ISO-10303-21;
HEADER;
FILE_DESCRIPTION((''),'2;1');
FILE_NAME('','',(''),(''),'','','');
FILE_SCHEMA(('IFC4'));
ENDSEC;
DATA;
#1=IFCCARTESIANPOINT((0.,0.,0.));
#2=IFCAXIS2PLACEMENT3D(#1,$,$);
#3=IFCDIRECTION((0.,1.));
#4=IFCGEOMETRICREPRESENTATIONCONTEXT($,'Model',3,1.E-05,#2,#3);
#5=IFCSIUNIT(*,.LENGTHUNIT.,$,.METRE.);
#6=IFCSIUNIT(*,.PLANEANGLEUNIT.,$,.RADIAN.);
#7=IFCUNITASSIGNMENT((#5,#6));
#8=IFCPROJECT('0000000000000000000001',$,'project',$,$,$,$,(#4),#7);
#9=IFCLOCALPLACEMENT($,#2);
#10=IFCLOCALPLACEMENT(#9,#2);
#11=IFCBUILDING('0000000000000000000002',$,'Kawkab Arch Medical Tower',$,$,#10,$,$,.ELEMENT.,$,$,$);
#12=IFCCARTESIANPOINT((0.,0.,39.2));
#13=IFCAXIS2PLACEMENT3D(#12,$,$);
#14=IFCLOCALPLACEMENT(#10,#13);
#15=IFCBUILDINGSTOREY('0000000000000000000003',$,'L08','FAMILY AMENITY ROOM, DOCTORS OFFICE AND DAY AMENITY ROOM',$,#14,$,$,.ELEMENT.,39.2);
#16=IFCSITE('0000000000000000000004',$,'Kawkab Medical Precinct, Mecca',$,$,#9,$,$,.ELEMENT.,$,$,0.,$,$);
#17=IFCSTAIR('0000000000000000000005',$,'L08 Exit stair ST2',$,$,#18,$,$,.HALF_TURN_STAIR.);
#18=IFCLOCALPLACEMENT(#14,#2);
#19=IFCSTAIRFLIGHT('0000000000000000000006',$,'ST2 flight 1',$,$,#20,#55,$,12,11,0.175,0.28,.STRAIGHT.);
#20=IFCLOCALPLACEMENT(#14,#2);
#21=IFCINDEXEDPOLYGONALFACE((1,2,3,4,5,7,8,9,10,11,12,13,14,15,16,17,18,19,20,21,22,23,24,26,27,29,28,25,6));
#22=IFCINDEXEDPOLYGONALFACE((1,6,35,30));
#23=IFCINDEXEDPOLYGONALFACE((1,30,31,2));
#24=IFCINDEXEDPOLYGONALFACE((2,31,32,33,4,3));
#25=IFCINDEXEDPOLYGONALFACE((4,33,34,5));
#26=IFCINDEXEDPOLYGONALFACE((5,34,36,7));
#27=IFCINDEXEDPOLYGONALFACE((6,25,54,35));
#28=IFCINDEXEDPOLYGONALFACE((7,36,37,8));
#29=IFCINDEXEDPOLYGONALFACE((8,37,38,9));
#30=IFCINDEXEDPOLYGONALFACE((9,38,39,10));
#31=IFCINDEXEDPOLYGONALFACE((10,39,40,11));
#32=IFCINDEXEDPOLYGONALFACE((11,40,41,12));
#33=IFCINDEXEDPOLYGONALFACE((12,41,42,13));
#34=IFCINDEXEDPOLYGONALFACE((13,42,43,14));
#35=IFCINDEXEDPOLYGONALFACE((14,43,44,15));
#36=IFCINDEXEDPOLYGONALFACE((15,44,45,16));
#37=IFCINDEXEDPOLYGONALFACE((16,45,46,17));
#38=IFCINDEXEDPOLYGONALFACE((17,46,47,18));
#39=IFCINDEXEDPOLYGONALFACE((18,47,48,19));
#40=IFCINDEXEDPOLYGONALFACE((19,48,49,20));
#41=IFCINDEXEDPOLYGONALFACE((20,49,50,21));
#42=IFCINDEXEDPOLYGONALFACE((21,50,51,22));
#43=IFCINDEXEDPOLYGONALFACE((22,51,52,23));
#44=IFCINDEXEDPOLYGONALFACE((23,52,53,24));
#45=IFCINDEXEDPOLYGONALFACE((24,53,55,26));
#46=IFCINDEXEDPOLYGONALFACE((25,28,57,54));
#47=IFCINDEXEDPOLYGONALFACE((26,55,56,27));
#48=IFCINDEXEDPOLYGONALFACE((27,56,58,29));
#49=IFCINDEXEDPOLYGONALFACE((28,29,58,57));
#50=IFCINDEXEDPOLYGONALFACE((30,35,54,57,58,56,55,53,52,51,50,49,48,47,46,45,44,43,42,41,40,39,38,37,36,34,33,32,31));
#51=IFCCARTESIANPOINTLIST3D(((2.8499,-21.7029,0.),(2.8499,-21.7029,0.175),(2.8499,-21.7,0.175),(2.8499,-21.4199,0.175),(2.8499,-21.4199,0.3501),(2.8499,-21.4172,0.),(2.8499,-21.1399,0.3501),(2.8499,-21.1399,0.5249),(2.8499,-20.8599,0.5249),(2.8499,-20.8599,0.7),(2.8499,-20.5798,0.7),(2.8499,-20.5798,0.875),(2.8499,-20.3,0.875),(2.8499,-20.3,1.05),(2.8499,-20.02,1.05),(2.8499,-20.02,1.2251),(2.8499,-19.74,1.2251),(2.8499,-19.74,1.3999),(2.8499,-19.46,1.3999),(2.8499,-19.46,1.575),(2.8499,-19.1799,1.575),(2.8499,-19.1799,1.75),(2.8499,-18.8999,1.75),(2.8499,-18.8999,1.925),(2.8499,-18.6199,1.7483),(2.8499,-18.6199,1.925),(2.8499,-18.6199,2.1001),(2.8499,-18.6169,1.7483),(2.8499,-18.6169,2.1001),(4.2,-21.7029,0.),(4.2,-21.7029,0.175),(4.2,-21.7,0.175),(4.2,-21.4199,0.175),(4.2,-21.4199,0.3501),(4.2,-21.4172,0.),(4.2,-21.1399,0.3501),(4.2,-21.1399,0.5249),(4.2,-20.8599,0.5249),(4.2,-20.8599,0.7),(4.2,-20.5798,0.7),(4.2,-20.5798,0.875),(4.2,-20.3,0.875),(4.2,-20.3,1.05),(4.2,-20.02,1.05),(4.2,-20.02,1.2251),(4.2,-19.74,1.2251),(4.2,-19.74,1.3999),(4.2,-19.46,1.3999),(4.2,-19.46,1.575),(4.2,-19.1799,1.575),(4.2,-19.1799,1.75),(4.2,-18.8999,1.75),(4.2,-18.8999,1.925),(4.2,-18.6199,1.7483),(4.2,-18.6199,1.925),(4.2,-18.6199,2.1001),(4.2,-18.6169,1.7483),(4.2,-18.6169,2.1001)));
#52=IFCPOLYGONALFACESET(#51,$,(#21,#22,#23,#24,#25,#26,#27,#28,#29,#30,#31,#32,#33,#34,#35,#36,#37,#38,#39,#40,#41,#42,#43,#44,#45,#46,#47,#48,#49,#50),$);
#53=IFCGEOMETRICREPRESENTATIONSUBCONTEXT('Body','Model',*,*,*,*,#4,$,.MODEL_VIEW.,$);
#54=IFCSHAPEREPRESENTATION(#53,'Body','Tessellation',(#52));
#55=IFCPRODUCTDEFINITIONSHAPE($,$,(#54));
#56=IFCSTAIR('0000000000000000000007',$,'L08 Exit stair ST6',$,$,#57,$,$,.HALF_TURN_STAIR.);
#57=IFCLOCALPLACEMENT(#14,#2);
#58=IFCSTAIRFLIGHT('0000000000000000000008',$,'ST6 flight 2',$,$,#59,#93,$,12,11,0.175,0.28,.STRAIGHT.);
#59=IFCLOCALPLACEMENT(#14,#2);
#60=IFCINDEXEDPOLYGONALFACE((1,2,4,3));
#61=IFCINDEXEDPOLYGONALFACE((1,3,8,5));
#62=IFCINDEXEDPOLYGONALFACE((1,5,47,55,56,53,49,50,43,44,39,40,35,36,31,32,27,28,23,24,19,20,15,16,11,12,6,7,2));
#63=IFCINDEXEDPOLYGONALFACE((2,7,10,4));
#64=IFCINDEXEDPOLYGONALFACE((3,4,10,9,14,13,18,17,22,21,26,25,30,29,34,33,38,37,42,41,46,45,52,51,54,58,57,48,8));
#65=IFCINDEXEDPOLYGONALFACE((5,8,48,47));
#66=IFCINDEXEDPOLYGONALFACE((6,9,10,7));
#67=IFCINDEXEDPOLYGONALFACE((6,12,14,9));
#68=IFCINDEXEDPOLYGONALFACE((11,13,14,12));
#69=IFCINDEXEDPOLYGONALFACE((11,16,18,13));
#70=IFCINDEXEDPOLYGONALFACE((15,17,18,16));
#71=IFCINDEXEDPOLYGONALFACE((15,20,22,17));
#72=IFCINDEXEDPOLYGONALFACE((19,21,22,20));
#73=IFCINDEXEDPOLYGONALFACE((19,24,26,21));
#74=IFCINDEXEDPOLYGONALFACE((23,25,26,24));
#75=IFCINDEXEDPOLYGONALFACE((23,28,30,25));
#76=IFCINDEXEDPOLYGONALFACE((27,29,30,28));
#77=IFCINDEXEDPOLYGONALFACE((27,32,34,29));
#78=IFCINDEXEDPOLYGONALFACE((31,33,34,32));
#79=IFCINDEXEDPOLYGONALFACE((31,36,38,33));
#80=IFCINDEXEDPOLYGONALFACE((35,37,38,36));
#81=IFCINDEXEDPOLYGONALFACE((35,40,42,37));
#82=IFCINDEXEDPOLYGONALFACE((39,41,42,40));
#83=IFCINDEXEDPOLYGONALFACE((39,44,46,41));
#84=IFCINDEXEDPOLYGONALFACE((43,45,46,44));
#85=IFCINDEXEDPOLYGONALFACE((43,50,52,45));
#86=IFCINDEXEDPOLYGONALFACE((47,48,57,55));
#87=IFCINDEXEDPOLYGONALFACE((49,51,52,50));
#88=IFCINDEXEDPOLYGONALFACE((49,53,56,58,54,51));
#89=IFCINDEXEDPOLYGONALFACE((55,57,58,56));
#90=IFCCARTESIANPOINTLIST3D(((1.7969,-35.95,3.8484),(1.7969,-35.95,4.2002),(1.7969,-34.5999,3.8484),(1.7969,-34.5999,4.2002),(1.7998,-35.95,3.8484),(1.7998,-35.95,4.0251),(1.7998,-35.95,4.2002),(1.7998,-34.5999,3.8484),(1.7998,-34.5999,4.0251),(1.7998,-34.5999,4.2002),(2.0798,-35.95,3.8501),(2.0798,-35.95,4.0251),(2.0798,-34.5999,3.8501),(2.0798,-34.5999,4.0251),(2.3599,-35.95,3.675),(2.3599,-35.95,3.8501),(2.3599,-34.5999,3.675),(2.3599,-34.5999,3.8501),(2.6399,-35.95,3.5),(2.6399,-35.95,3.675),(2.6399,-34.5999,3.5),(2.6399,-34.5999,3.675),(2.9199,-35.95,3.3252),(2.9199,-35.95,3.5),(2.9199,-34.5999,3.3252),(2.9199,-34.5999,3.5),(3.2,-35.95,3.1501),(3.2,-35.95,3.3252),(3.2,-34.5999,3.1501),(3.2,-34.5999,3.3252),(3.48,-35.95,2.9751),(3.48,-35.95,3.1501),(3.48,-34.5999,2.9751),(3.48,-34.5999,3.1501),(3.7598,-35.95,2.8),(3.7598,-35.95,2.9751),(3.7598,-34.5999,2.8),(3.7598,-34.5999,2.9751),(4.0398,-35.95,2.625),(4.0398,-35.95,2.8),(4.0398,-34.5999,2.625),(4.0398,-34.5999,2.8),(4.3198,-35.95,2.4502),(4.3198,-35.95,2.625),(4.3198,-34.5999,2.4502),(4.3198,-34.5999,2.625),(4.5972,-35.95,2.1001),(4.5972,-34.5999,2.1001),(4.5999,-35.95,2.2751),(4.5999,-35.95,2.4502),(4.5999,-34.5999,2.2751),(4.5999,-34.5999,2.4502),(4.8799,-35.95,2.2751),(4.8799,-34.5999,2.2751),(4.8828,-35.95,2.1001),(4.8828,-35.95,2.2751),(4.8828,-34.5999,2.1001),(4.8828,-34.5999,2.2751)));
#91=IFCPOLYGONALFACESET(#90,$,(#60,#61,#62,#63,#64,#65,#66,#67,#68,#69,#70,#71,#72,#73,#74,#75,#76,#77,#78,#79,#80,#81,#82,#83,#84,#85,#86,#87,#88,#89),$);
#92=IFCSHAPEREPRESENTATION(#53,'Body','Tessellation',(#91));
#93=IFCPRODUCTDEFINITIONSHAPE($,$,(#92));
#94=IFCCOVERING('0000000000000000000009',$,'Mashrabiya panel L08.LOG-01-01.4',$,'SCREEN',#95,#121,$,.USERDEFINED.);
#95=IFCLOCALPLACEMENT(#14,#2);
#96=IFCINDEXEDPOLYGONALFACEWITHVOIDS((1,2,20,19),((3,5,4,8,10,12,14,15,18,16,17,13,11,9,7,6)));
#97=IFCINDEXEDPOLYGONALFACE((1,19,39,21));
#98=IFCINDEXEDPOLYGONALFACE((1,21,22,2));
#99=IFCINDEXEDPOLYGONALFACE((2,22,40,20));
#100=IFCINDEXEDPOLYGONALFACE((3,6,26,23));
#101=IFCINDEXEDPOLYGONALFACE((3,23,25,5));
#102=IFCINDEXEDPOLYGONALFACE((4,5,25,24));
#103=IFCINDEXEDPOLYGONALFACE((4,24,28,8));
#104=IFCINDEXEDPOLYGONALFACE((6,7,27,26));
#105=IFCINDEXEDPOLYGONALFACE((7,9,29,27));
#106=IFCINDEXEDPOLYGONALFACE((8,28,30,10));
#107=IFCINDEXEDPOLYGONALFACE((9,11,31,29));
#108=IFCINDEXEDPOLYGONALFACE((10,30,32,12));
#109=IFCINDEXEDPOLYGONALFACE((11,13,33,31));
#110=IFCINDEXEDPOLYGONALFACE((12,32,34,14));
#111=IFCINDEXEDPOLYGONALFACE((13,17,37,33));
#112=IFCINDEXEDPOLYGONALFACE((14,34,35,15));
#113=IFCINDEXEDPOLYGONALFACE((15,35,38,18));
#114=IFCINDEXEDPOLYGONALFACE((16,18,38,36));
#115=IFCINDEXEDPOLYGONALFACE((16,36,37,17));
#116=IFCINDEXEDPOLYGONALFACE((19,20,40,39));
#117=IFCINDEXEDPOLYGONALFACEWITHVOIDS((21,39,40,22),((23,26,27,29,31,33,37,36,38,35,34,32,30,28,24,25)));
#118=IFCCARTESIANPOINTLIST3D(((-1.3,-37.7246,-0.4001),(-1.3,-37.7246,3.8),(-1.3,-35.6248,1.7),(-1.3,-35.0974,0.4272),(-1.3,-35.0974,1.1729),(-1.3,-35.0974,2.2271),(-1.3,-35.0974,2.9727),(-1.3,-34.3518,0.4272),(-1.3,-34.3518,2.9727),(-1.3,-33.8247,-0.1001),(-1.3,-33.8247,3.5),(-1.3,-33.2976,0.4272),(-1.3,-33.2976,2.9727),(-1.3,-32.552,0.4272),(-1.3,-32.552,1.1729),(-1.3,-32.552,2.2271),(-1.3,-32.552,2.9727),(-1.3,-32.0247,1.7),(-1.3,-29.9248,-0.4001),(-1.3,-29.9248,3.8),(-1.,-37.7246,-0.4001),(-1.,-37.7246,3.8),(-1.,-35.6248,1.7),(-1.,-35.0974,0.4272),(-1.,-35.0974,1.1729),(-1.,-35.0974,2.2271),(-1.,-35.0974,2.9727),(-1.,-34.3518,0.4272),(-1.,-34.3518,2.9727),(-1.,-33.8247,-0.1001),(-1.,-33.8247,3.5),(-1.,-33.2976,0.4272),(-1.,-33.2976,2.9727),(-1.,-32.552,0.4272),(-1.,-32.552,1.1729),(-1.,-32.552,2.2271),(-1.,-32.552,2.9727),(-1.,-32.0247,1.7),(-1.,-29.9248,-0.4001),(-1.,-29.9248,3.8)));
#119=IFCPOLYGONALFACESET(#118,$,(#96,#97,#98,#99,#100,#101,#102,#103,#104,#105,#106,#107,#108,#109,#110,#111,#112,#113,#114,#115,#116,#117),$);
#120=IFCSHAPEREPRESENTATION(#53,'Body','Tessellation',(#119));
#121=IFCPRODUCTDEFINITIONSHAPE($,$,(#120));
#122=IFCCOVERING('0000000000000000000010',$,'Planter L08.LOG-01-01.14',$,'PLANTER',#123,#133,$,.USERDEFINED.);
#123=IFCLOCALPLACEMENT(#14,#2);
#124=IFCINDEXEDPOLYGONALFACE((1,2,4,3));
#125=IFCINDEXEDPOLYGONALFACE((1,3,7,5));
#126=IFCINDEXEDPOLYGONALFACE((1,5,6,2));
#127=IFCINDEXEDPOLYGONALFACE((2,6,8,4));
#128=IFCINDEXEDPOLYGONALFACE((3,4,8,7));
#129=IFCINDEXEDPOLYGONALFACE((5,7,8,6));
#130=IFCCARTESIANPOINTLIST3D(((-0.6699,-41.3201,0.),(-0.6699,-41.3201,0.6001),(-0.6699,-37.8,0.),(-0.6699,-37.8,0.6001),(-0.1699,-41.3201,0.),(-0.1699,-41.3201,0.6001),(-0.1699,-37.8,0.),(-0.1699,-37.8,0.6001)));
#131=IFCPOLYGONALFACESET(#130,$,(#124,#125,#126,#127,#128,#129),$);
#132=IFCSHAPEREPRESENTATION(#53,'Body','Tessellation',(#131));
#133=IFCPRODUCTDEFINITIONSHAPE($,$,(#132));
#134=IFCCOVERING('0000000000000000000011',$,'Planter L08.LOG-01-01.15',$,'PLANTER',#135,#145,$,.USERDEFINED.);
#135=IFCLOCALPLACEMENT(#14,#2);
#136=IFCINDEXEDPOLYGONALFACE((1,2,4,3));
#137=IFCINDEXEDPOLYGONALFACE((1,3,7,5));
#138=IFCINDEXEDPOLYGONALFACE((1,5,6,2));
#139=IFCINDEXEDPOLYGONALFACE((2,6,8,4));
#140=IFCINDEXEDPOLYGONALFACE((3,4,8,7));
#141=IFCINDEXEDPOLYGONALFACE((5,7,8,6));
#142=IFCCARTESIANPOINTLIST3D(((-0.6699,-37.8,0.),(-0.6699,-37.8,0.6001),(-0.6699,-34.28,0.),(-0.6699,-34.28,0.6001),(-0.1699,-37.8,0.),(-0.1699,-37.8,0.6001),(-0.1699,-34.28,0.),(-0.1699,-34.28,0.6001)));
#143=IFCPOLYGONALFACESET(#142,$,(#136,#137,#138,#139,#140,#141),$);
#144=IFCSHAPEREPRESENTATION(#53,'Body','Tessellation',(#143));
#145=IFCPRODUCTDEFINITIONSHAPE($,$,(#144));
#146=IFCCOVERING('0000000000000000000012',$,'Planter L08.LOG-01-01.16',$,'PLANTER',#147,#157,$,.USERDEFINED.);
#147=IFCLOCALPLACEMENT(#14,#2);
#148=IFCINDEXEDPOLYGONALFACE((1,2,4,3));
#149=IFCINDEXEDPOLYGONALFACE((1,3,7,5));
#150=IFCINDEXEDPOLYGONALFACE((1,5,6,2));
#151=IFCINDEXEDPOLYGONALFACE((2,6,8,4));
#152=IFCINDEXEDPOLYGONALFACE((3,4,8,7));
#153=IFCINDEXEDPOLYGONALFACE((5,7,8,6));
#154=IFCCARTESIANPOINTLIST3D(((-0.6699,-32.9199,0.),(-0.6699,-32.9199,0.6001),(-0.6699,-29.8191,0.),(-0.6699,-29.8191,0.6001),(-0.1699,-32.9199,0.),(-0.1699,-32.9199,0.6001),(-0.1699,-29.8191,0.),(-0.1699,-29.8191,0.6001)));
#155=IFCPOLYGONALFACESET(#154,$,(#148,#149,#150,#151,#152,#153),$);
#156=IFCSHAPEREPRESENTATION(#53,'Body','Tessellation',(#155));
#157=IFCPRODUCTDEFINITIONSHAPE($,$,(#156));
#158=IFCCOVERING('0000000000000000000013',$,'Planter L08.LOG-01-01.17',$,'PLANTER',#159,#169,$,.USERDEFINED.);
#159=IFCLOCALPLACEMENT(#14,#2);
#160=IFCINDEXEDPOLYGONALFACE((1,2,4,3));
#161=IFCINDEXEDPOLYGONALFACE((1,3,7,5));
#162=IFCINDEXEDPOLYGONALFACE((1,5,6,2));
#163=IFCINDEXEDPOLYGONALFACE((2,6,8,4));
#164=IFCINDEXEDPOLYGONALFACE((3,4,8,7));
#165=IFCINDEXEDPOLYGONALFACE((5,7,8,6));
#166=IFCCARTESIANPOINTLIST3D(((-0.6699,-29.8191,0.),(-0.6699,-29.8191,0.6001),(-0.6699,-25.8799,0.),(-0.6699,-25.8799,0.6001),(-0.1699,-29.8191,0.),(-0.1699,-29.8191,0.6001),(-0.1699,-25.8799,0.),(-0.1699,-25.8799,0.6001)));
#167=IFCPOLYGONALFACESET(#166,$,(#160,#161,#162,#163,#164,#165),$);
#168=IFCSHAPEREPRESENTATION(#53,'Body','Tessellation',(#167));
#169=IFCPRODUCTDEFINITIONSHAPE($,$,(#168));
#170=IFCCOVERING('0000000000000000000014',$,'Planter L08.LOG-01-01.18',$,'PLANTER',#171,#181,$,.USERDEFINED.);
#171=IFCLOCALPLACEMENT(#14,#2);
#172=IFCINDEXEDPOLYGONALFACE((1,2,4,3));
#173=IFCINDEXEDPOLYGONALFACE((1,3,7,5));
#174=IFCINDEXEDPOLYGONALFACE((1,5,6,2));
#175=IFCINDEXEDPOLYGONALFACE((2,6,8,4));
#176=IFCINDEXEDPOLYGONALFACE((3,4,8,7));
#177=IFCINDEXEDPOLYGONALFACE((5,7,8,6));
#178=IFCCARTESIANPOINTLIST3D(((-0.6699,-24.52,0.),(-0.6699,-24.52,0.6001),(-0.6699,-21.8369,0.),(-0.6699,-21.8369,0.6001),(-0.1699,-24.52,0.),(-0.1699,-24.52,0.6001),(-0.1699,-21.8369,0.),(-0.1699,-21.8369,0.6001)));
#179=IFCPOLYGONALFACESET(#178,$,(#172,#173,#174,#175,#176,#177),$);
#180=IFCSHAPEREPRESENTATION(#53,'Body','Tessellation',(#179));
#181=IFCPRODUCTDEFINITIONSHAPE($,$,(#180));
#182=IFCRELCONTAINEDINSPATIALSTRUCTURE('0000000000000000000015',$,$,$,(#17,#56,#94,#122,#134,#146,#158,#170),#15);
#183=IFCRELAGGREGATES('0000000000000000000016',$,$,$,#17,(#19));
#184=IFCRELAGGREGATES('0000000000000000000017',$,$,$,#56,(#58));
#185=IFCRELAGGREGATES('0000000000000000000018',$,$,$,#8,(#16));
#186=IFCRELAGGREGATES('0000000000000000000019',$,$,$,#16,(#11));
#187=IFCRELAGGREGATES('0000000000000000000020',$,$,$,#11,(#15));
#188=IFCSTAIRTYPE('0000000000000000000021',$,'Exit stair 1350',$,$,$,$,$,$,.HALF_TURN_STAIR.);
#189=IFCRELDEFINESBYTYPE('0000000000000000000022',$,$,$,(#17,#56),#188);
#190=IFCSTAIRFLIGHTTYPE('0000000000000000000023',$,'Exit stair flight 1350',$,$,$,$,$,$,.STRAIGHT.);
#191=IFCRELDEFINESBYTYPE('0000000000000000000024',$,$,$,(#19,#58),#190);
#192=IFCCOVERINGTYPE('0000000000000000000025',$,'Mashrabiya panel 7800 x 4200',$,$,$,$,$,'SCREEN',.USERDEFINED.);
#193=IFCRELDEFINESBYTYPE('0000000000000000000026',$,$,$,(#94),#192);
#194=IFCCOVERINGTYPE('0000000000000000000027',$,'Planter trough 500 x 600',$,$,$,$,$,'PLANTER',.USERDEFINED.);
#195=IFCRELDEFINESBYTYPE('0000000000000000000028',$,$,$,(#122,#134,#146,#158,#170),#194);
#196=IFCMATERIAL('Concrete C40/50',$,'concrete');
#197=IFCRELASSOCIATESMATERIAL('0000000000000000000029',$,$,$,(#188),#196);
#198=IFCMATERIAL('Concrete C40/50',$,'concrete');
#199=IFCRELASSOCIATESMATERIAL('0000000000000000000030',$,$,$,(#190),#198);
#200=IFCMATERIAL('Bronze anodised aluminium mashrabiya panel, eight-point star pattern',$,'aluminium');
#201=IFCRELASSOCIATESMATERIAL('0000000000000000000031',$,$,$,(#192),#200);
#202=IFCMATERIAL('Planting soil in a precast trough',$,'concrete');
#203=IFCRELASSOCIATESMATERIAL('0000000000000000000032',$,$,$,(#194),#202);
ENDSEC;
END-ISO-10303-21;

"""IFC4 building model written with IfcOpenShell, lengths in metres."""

from ifc_helpers import new_model, si_unit, direction, frame, origin, origin_2d, place, context, subcontext, project, spatial, polyline, rectangle, outline, extrude, material, material_profile, profile_set, type_object, element, aggregate, save


model = new_model("IFC4")

# Units and contexts
model_context = context("Model", 3, precision=1e-05, world=origin(), true_north=direction((0.0, 1.0)))
body_context = subcontext(model_context, "Body", "Model", "MODEL_VIEW")
ifc_project = project(units=[si_unit("LENGTHUNIT", "METRE"), si_unit("PLANEANGLEUNIT", "RADIAN")], contexts=[model_context])

# Site, building, storey
site_placement = place(None, origin())
site = spatial("IfcSite", under=ifc_project, at=site_placement, Name="Kawkab Medical Precinct, Mecca", CompositionType="ELEMENT", RefElevation=0.0)
building_placement = place(site_placement, origin())
building = spatial("IfcBuilding", under=site, at=building_placement, Name="Kawkab Arch Medical Tower", CompositionType="ELEMENT")
storey_placement = place(building_placement, frame((0.0, 0.0, 39.2)))
storey = spatial("IfcBuildingStorey", under=building, at=storey_placement, Name="L08", Description="FAMILY AMENITY ROOM, DOCTORS OFFICE AND DAY AMENITY ROOM", CompositionType="ELEMENT", Elevation=39.2)

# Shared definitions
placement = place(storey_placement, origin())

# Stairs, stair flights
ifc_material_1 = material(Name="Concrete C40/50", Category="concrete")
stair_type = type_object("IfcStairType", Name="Exit stair 1350", PredefinedType="HALF_TURN_STAIR", material=ifc_material_1)
stair_1 = element("IfcStair", 1, at=placement, inside=storey, type_object=stair_type, Name="L08 Exit stair ST2", PredefinedType="HALF_TURN_STAIR")
ifc_material_2 = material(Name="Concrete C40/50", Category="concrete")
stair_flight_type = type_object("IfcStairFlightType", Name="Exit stair flight 1350", PredefinedType="STRAIGHT", material=ifc_material_2)
stair_flight_1_placement = place(storey_placement, frame((3.5249, -21.7, 0.0), z_axis=(0.0, 0.0, 1.0), x_axis=(0.0, 1.0, 0.0)))
stair_flight_1 = element("IfcStairFlight", 2, at=stair_flight_1_placement, type_object=stair_flight_type, Name="ST2 flight 1", NumberOfRisers=12, NumberOfTreads=11, PredefinedType="STRAIGHT", RiserHeight=0.175, TreadLength=0.28, context=body_context, shape_type="SweptSolid", body=[
    extrude(outline(polyline([(-0.0029, 0.0), (-0.0029, 0.175), (0.0, 0.175), (0.28, 0.175), (0.28, 0.3501), (0.5601, 0.3501), (0.5601, 0.5249), (0.8401, 0.5249), (0.8401, 0.7), (1.1201, 0.7), (1.1201, 0.875), (1.3999, 0.875), (1.3999, 1.05), (1.6799, 1.05), (1.6799, 1.2251), (1.96, 1.2251), (1.96, 1.3999), (2.24, 1.3999), (2.24, 1.575), (2.52, 1.575), (2.52, 1.75), (2.8, 1.75), (2.8, 1.925), (3.0801, 1.925), (3.0801, 2.1001), (3.083, 2.1001), (3.083, 1.7483), (3.0801, 1.7483), (0.2827, 0.0), (-0.0029, 0.0)])), frame((0.0, 0.675, 0.0), z_axis=(0.0, -1.0, 0.0), x_axis=(1.0, 0.0, 0.0)), (0.0, 0.0, 1.0), 1.3501),
])
aggregate(stair_1, [stair_flight_1])
stair_2 = element("IfcStair", 3, at=placement, inside=storey, type_object=stair_type, Name="L08 Exit stair ST6", PredefinedType="HALF_TURN_STAIR")
stair_flight_2_placement = place(storey_placement, frame((4.8799, -35.2749, 2.1001), z_axis=(0.0, 0.0, 1.0), x_axis=(-1.0, 0.0, 0.0)))
stair_flight_2 = element("IfcStairFlight", 4, at=stair_flight_2_placement, type_object=stair_flight_type, Name="ST6 flight 2", NumberOfRisers=12, NumberOfTreads=11, PredefinedType="STRAIGHT", RiserHeight=0.175, TreadLength=0.28, context=body_context, shape_type="SweptSolid", body=[
    extrude(outline(polyline([(-0.0029, 0.0), (-0.0029, 0.175), (0.0, 0.175), (0.28, 0.175), (0.28, 0.3501), (0.5601, 0.3501), (0.5601, 0.5249), (0.8401, 0.5249), (0.8401, 0.7), (1.1201, 0.7), (1.1201, 0.875), (1.3999, 0.875), (1.3999, 1.05), (1.6799, 1.05), (1.6799, 1.2251), (1.96, 1.2251), (1.96, 1.3999), (2.24, 1.3999), (2.24, 1.575), (2.52, 1.575), (2.52, 1.75), (2.8, 1.75), (2.8, 1.925), (3.0801, 1.925), (3.0801, 2.1001), (3.083, 2.1001), (3.083, 1.7483), (3.0801, 1.7483), (0.2827, 0.0), (-0.0029, 0.0)])), frame((0.0, 0.675, 0.0), z_axis=(0.0, -1.0, 0.0), x_axis=(1.0, 0.0, 0.0)), (0.0, 0.0, 1.0), 1.3501),
])
aggregate(stair_2, [stair_flight_2])

# Coverings
ifc_material_3 = material(Name="Bronze anodised aluminium mashrabiya panel, eight-point star pattern", Category="aluminium")
ifc_material_profile_1 = material_profile(ifc_material_3, outline(polyline([(-3.8999, -2.1001), (3.8999, -2.1001), (3.8999, 2.1001), (-3.8999, 2.1001), (-3.8999, -2.1001)]), holes=[polyline([(1.8, 0.0), (1.2727, 0.5271), (1.2727, 1.2727), (0.5271, 1.2727), (0.0, 1.8), (-0.5271, 1.2727), (-1.2727, 1.2727), (-1.2727, 0.5271), (-1.8, 0.0), (-1.2727, -0.5271), (-1.2727, -1.2727), (-0.5271, -1.2727), (0.0, -1.8), (0.5271, -1.2727), (1.2727, -1.2727), (1.2727, -0.5271), (1.8, 0.0)])]), Name="Mashrabiya panel 7800x4200")
ifc_profile_set_1 = profile_set([ifc_material_profile_1], Name="Bronze anodised aluminium mashrabiya panel, eight-point star pattern")
covering_type_1 = type_object("IfcCoveringType", Name="Mashrabiya panel 7800 x 4200", ElementType="SCREEN", PredefinedType="USERDEFINED", material=ifc_profile_set_1)
covering_1_placement = place(storey_placement, frame((-1.0, -33.8247, 1.7), z_axis=(-1.0, 0.0, 0.0), x_axis=(0.0, -1.0, 0.0)))
element("IfcCovering", 5, at=covering_1_placement, inside=storey, type_object=covering_type_1, Name="Mashrabiya panel L08.LOG-01-01.4", ObjectType="SCREEN", PredefinedType="USERDEFINED", context=body_context, shape_type="SweptSolid", body=[
    extrude(outline(polyline([(-3.8999, -2.1001), (3.8999, -2.1001), (3.8999, 2.1001), (-3.8999, 2.1001), (-3.8999, -2.1001)]), holes=[polyline([(1.8, 0.0), (1.2727, 0.5271), (1.2727, 1.2727), (0.5271, 1.2727), (0.0, 1.8), (-0.5271, 1.2727), (-1.2727, 1.2727), (-1.2727, 0.5271), (-1.8, 0.0), (-1.2727, -0.5271), (-1.2727, -1.2727), (-0.5271, -1.2727), (0.0, -1.8), (0.5271, -1.2727), (1.2727, -1.2727), (1.2727, -0.5271), (1.8, 0.0)])]), origin(), (0.0, 0.0, 1.0), 0.3),
])
ifc_material_4 = material(Name="Planting soil in a precast trough", Category="concrete")
ifc_material_profile_2 = material_profile(ifc_material_4, rectangle(XDim=0.5, YDim=0.6001, at=origin_2d()), Name="Trough 500x600")
ifc_profile_set_2 = profile_set([ifc_material_profile_2], Name="Planting soil in a precast trough")
covering_type_2 = type_object("IfcCoveringType", Name="Planter trough 500 x 600", ElementType="PLANTER", PredefinedType="USERDEFINED", material=ifc_profile_set_2)
for number, where, z_axis, x_axis, name in (
    (6, (-0.4199, -41.3201, 0.3), (0.0, 1.0, 0.0), (-1.0, 0.0, 0.0), "Planter L08.LOG-01-01.14"),
    (7, (-0.4199, -37.8, 0.3), (0.0, 1.0, 0.0), (-1.0, 0.0, 0.0), "Planter L08.LOG-01-01.15"),
):
    element("IfcCovering", number, at=place(storey_placement, frame(where, z_axis=z_axis, x_axis=x_axis)), inside=storey, type_object=covering_type_2, Name=name, ObjectType="PLANTER", PredefinedType="USERDEFINED", context=body_context, shape_type="SweptSolid", body=[
        extrude(rectangle(XDim=0.5, YDim=0.6001, at=origin_2d()), origin(), (0.0, 0.0, 1.0), 3.52),
    ])
covering_2_placement = place(storey_placement, frame((-0.4199, -32.9199, 0.3), z_axis=(0.0, 1.0, 0.0), x_axis=(-1.0, 0.0, 0.0)))
element("IfcCovering", 8, at=covering_2_placement, inside=storey, type_object=covering_type_2, Name="Planter L08.LOG-01-01.16", ObjectType="PLANTER", PredefinedType="USERDEFINED", context=body_context, shape_type="SweptSolid", body=[
    extrude(rectangle(XDim=0.5, YDim=0.6001, at=origin_2d()), origin(), (0.0, 0.0, 1.0), 3.1008),
])
covering_3_placement = place(storey_placement, frame((-0.4199, -29.8191, 0.3), z_axis=(0.0, 1.0, 0.0), x_axis=(-1.0, 0.0, 0.0)))
element("IfcCovering", 9, at=covering_3_placement, inside=storey, type_object=covering_type_2, Name="Planter L08.LOG-01-01.17", ObjectType="PLANTER", PredefinedType="USERDEFINED", context=body_context, shape_type="SweptSolid", body=[
    extrude(rectangle(XDim=0.5, YDim=0.6001, at=origin_2d()), origin(), (0.0, 0.0, 1.0), 3.9392),
])
covering_4_placement = place(storey_placement, frame((-0.4199, -24.52, 0.3), z_axis=(0.0, 1.0, 0.0), x_axis=(-1.0, 0.0, 0.0)))
element("IfcCovering", 10, at=covering_4_placement, inside=storey, type_object=covering_type_2, Name="Planter L08.LOG-01-01.18", ObjectType="PLANTER", PredefinedType="USERDEFINED", context=body_context, shape_type="SweptSolid", body=[
    extrude(rectangle(XDim=0.5, YDim=0.6001, at=origin_2d()), origin(), (0.0, 0.0, 1.0), 2.6831),
])

save(model, "model.ifc")
